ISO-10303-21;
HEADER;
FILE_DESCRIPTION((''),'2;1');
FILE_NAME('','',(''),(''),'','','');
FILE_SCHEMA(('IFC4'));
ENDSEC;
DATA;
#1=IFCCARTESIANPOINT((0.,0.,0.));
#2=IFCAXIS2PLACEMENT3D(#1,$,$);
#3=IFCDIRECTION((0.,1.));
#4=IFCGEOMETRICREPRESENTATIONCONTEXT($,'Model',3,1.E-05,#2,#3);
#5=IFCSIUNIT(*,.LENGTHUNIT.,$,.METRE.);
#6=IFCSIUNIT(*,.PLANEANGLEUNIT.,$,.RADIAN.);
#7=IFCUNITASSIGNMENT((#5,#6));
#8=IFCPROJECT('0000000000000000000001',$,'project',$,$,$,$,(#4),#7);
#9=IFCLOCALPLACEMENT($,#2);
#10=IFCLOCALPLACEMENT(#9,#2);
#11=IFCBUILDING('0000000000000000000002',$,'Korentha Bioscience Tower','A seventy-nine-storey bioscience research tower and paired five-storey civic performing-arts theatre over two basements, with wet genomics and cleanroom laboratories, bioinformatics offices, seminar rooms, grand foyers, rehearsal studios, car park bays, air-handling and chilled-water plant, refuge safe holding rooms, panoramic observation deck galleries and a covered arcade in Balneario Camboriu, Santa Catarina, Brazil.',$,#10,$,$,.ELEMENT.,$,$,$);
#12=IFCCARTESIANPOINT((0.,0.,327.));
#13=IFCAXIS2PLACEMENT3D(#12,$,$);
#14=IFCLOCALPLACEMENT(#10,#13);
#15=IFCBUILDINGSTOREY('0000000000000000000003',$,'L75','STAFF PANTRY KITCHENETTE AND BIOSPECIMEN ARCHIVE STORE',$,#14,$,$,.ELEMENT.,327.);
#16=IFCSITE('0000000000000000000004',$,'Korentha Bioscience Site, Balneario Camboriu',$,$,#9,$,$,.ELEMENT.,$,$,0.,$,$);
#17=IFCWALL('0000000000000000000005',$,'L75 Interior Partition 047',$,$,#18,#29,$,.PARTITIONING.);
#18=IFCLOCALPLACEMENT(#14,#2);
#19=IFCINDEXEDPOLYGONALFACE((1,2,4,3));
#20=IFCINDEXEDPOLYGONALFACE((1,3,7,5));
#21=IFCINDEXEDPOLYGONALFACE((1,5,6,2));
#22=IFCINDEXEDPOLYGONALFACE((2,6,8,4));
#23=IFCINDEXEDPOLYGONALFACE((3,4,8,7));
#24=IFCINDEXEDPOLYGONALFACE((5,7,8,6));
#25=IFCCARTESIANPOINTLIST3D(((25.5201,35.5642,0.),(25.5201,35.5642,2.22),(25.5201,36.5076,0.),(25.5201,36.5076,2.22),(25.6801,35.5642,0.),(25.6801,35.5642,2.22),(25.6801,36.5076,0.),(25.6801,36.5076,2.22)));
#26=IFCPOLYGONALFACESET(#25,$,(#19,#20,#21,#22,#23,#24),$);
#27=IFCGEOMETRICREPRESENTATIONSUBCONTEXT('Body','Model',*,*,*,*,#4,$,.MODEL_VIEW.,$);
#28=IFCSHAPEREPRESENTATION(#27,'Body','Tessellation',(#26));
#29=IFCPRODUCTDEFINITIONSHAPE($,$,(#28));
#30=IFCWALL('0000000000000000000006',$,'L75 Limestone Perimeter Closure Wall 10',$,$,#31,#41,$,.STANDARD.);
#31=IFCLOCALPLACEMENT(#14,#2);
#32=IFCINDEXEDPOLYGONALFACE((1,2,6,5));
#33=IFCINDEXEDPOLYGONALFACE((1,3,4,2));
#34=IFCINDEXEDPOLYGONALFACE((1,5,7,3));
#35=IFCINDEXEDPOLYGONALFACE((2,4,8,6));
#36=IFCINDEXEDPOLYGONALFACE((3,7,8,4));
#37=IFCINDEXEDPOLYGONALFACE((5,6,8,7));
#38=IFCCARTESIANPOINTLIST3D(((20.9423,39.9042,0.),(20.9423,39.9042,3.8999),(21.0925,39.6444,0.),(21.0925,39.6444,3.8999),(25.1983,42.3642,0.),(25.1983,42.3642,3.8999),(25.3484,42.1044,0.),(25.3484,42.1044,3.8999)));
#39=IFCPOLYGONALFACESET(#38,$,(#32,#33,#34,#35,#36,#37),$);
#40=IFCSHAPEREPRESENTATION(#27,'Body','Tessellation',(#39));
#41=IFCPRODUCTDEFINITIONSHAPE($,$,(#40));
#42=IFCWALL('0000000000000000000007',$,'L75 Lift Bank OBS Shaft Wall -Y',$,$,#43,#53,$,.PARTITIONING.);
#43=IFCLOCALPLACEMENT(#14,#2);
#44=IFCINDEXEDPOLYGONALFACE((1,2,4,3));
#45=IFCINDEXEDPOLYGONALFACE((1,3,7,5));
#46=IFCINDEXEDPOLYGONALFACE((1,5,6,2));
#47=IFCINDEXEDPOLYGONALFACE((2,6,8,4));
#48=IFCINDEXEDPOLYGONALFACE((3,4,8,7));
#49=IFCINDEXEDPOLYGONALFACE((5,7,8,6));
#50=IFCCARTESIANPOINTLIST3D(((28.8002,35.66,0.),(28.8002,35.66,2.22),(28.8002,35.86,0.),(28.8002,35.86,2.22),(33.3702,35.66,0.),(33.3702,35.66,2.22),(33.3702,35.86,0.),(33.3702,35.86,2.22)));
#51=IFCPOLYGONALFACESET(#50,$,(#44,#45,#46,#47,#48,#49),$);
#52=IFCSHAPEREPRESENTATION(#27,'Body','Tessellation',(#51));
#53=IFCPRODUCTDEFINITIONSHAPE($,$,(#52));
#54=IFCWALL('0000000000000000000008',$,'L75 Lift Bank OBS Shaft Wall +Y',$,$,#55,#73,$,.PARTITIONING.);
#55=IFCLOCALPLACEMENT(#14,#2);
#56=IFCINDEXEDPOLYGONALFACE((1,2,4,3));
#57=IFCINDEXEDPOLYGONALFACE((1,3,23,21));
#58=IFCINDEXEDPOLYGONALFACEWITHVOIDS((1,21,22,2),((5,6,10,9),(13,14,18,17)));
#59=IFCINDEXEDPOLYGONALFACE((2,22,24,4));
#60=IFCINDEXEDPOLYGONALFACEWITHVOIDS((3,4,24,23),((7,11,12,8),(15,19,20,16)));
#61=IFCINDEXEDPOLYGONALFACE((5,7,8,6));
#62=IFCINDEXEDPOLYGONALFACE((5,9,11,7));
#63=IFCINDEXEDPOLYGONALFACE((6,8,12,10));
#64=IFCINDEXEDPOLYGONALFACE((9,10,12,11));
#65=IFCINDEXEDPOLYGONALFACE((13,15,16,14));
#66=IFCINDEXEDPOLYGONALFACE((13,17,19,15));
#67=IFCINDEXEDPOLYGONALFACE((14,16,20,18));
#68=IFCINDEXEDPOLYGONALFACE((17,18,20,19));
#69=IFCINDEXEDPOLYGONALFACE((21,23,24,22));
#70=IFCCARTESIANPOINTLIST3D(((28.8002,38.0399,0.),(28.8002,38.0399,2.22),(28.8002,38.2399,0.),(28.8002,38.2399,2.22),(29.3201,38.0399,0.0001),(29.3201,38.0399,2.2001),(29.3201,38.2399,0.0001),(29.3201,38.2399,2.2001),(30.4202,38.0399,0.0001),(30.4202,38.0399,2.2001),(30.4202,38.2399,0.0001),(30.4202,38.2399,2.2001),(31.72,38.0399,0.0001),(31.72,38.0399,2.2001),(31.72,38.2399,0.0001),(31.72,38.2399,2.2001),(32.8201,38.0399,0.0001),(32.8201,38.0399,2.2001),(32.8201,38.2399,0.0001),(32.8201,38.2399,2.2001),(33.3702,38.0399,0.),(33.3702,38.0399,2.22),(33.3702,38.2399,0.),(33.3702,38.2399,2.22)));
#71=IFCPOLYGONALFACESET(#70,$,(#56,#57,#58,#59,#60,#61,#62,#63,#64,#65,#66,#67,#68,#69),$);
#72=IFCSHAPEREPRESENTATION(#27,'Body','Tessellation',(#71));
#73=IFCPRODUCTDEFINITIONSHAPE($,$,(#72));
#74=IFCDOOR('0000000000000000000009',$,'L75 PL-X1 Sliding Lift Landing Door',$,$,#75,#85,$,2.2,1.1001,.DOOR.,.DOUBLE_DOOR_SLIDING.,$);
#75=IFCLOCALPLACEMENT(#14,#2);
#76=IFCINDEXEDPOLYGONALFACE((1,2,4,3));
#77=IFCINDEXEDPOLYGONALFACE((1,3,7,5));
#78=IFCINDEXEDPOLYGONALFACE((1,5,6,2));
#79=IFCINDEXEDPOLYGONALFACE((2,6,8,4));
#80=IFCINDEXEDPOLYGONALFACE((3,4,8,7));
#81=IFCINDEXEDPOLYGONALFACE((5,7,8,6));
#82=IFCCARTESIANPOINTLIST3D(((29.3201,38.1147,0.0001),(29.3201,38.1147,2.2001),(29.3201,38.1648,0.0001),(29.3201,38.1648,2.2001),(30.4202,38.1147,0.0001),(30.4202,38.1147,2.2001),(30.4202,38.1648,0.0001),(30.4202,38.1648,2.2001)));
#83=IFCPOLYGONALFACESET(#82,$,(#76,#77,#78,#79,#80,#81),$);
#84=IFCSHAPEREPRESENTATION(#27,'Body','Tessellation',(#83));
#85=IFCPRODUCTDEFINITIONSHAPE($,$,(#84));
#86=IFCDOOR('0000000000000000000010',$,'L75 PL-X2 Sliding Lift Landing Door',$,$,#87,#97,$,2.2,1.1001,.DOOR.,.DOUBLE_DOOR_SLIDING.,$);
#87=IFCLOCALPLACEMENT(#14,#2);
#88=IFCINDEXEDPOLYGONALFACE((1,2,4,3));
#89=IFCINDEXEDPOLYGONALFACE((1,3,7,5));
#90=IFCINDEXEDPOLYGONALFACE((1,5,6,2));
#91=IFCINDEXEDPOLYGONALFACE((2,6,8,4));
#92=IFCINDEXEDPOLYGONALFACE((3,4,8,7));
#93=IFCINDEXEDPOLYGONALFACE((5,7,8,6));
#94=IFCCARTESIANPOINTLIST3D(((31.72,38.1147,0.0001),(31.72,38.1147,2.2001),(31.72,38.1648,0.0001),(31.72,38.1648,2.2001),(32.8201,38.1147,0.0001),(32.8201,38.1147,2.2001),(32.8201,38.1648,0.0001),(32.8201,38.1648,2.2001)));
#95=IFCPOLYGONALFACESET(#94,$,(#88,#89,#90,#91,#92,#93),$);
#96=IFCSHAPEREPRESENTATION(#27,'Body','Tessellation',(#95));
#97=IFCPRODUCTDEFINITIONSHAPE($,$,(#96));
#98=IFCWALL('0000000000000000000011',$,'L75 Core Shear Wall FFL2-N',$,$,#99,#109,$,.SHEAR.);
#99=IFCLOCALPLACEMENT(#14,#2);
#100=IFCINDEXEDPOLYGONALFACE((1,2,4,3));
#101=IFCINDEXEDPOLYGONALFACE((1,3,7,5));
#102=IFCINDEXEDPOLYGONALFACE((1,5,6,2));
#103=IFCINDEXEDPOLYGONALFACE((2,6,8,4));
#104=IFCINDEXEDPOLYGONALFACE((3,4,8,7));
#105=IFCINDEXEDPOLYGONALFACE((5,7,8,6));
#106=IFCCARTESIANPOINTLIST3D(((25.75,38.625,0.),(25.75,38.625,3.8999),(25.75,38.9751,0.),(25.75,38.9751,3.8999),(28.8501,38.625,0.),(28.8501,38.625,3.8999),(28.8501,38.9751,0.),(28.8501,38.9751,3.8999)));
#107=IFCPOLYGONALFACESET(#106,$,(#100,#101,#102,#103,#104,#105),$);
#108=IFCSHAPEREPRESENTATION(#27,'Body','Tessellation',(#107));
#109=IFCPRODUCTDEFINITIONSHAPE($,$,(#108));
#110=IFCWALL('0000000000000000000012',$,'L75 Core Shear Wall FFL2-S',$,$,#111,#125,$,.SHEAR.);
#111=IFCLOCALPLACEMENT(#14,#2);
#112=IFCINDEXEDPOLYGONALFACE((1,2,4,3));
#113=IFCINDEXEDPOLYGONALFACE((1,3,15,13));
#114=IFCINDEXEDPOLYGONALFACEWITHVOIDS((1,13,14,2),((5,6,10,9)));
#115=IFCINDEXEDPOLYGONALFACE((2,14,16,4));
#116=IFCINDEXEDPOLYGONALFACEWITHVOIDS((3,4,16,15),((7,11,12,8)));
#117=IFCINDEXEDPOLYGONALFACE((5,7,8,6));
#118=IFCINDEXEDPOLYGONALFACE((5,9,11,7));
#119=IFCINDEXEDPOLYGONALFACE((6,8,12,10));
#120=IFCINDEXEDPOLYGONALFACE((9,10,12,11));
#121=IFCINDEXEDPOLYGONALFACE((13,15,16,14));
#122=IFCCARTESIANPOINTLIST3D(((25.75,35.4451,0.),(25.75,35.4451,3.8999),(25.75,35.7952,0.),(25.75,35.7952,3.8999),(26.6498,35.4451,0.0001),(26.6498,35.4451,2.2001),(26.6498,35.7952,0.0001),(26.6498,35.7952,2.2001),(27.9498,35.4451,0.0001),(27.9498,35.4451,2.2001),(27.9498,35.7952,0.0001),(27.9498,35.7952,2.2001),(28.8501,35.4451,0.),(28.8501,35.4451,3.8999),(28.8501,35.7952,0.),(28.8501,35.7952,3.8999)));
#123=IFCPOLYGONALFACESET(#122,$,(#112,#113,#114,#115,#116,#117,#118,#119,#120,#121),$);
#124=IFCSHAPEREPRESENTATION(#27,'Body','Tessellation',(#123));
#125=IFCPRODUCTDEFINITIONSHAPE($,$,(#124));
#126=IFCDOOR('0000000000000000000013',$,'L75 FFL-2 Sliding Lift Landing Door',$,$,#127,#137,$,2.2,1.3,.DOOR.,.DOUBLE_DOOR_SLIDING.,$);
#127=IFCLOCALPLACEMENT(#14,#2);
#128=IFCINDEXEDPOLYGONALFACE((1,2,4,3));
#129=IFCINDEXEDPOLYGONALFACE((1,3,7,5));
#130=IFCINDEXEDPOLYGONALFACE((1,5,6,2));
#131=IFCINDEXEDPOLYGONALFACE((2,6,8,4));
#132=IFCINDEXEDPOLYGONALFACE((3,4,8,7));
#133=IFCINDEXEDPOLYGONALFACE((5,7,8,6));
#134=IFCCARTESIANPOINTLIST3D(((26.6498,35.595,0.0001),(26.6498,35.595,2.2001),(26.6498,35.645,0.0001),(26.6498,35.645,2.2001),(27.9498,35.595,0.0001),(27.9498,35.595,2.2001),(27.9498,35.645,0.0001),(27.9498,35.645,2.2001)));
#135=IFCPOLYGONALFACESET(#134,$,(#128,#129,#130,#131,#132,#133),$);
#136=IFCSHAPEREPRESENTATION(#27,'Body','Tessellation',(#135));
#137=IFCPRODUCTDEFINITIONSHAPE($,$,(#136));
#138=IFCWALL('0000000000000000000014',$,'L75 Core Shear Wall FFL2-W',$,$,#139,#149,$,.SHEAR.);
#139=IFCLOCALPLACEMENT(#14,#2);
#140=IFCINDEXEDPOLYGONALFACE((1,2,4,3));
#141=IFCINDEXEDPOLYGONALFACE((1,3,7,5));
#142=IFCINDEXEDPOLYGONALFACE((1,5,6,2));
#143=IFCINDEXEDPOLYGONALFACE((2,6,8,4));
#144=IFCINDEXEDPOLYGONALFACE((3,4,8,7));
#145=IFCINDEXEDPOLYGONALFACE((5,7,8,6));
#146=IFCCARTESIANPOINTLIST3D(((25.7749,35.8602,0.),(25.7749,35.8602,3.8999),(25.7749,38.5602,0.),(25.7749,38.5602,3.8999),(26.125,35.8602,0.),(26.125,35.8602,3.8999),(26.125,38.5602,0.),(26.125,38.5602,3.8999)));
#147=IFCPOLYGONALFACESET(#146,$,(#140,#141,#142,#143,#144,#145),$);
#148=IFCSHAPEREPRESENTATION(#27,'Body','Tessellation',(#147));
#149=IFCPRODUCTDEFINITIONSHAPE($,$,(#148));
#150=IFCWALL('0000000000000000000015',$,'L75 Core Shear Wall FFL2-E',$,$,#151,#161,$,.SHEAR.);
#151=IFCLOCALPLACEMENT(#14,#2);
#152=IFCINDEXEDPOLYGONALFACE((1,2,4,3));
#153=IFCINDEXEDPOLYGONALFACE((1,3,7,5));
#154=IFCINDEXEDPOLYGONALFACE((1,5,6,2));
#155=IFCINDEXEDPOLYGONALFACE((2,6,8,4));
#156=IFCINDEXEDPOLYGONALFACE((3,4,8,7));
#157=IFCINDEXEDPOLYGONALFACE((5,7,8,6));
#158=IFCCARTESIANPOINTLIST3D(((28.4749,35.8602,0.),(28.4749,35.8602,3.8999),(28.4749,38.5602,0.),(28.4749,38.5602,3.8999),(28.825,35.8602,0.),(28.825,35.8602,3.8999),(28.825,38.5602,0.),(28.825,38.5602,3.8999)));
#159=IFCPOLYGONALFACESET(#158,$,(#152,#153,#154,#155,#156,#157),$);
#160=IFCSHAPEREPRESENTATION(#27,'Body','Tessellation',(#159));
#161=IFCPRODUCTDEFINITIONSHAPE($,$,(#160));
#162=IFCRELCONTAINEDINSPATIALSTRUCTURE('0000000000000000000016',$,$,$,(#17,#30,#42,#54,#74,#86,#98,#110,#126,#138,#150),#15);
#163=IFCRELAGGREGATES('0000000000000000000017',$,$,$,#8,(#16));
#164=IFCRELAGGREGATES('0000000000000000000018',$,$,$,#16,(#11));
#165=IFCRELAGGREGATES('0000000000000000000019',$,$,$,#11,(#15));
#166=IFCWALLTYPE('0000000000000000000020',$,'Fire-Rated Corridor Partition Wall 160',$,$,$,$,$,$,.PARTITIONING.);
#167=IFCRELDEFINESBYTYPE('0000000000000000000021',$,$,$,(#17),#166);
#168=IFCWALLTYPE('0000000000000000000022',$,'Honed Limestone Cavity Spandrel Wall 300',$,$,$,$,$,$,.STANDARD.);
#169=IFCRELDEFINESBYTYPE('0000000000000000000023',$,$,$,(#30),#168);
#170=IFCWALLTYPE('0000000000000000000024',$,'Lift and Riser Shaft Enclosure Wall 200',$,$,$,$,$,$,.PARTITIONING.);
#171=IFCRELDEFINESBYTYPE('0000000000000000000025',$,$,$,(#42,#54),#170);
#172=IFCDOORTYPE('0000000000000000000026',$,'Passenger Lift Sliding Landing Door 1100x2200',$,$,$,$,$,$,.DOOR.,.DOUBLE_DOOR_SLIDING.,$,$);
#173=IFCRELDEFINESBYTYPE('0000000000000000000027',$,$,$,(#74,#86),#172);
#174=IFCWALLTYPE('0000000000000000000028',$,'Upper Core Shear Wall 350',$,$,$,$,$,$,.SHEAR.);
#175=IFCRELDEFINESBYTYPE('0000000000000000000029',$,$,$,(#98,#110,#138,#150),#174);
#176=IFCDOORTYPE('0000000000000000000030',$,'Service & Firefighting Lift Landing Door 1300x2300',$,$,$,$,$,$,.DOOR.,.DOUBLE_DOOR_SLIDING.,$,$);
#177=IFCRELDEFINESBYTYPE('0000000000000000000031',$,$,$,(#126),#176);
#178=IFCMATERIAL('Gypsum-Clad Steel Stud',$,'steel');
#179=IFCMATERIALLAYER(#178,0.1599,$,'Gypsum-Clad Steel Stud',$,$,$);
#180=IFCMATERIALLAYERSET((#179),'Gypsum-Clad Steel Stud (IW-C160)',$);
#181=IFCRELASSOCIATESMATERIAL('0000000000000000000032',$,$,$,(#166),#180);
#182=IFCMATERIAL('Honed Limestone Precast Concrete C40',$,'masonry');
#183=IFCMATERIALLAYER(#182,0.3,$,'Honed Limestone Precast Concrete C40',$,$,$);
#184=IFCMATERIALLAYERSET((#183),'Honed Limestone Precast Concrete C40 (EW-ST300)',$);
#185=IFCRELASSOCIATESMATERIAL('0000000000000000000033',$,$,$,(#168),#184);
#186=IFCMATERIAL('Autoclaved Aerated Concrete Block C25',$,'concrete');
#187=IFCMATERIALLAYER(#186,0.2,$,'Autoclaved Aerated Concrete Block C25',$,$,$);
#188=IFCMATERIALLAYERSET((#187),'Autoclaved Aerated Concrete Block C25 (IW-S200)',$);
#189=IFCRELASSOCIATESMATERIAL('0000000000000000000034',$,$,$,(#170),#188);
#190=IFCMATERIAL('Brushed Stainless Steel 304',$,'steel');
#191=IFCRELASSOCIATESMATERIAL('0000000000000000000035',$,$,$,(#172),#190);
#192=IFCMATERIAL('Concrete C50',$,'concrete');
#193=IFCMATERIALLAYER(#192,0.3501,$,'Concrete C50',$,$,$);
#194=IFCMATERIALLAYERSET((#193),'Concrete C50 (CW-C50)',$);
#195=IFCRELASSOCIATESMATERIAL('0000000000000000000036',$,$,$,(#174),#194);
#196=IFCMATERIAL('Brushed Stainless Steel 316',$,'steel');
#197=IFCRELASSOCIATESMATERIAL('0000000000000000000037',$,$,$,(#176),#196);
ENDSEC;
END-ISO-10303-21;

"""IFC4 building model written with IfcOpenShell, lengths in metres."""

from ifc_helpers import new_model, si_unit, direction, frame, frame_2d, origin, place, context, subcontext, project, spatial, rectangle, extrude, material, layer, layer_set, type_object, element, fill, save


model = new_model("IFC4")

# Units and contexts
model_context = context("Model", 3, precision=1e-05, world=origin(), true_north=direction((0.0, 1.0)))
body_context = subcontext(model_context, "Body", "Model", "MODEL_VIEW")
ifc_project = project(units=[si_unit("LENGTHUNIT", "METRE"), si_unit("PLANEANGLEUNIT", "RADIAN")], contexts=[model_context])

# Site, building, storey
site_placement = place(None, origin())
site = spatial("IfcSite", under=ifc_project, at=site_placement, Name="Korentha Bioscience Site, Balneario Camboriu", CompositionType="ELEMENT", RefElevation=0.0)
building_placement = place(site_placement, origin())
building = spatial("IfcBuilding", under=site, at=building_placement, Name="Korentha Bioscience Tower", Description="A seventy-nine-storey bioscience research tower and paired five-storey civic performing-arts theatre over two basements, with wet genomics and cleanroom laboratories, bioinformatics offices, seminar rooms, grand foyers, rehearsal studios, car park bays, air-handling and chilled-water plant, refuge safe holding rooms, panoramic observation deck galleries and a covered arcade in Balneario Camboriu, Santa Catarina, Brazil.", CompositionType="ELEMENT")
storey_placement = place(building_placement, frame((0.0, 0.0, 327.0)))
storey = spatial("IfcBuildingStorey", under=building, at=storey_placement, Name="L75", Description="STAFF PANTRY KITCHENETTE AND BIOSPECIMEN ARCHIVE STORE", CompositionType="ELEMENT", Elevation=327.0)

# Shared definitions
ifc_material_1 = material(Name="Concrete C50", Category="concrete")

# Walls
ifc_material_2 = material(Name="Gypsum-Clad Steel Stud", Category="steel")
ifc_layer_1 = layer(ifc_material_2, 0.1599, Name="Gypsum-Clad Steel Stud")
ifc_layer_set_1 = layer_set([ifc_layer_1], Name="Gypsum-Clad Steel Stud (IW-C160)")
wall_type_1 = type_object("IfcWallType", Name="Fire-Rated Corridor Partition Wall 160", PredefinedType="PARTITIONING", material=ifc_layer_set_1)
wall_1_placement = place(storey_placement, frame((25.6001, 36.5076, 0.0), z_axis=(0.0, 0.0, 1.0), x_axis=(0.0, -1.0, 0.0)))
element("IfcWall", 1, at=wall_1_placement, inside=storey, type_object=wall_type_1, Name="L75 Interior Partition 047", PredefinedType="PARTITIONING", context=body_context, shape_type="SweptSolid", body=[
    extrude(rectangle(XDim=0.9434, YDim=0.1599, at=frame_2d((0.4717, 0.0))), origin(), (0.0, 0.0, 1.0), 2.22),
])
ifc_material_3 = material(Name="Honed Limestone Precast Concrete C40", Category="masonry")
ifc_layer_2 = layer(ifc_material_3, 0.3, Name="Honed Limestone Precast Concrete C40")
ifc_layer_set_2 = layer_set([ifc_layer_2], Name="Honed Limestone Precast Concrete C40 (EW-ST300)")
wall_type_2 = type_object("IfcWallType", Name="Honed Limestone Cavity Spandrel Wall 300", PredefinedType="STANDARD", material=ifc_layer_set_2)
wall_2_placement = place(storey_placement, frame((25.2734, 42.2344, 0.0), z_axis=(0.0, 0.0, 1.0), x_axis=(-0.865775, -0.500433, 0.0)))
element("IfcWall", 2, at=wall_2_placement, inside=storey, type_object=wall_type_2, Name="L75 Limestone Perimeter Closure Wall 10", PredefinedType="STANDARD", context=body_context, shape_type="SweptSolid", body=[
    extrude(rectangle(XDim=4.9158, YDim=0.3, at=frame_2d((2.458, 0.0))), origin(), (0.0, 0.0, 1.0), 3.8999),
])
ifc_material_4 = material(Name="Autoclaved Aerated Concrete Block C25", Category="concrete")
ifc_layer_3 = layer(ifc_material_4, 0.2, Name="Autoclaved Aerated Concrete Block C25")
ifc_layer_set_3 = layer_set([ifc_layer_3], Name="Autoclaved Aerated Concrete Block C25 (IW-S200)")
wall_type_3 = type_object("IfcWallType", Name="Lift and Riser Shaft Enclosure Wall 200", PredefinedType="PARTITIONING", material=ifc_layer_set_3)
wall_3_placement = place(storey_placement, frame((28.8, 35.76, 0.0), z_axis=(0.0, 0.0, 1.0), x_axis=(1.0, 0.0, 0.0)))
element("IfcWall", 3, at=wall_3_placement, inside=storey, type_object=wall_type_3, Name="L75 Lift Bank OBS Shaft Wall -Y", PredefinedType="PARTITIONING", context=body_context, shape_type="SweptSolid", body=[
    extrude(rectangle(XDim=4.5701, YDim=0.2, at=frame_2d((2.2852, 0.0))), origin(), (0.0, 0.0, 1.0), 2.22),
])

# Wall, openings, doors
wall_4_placement = place(storey_placement, frame((28.8, 38.1399, 0.0), z_axis=(0.0, 0.0, 1.0), x_axis=(1.0, 0.0, 0.0)))
wall_4 = element("IfcWall", 4, at=wall_4_placement, inside=storey, type_object=wall_type_3, Name="L75 Lift Bank OBS Shaft Wall +Y", PredefinedType="PARTITIONING", context=body_context, shape_type="SweptSolid", body=[
    extrude(rectangle(XDim=4.5701, YDim=0.2, at=frame_2d((2.2852, 0.0))), origin(), (0.0, 0.0, 1.0), 2.22),
])
opening_1_placement = place(wall_4_placement, frame((0.52, 0.0, 0.0)))
opening_1 = element("IfcOpeningElement", 5, at=opening_1_placement, cuts=wall_4, PredefinedType="OPENING", context=body_context, shape_type="SweptSolid", body=[
    extrude(rectangle(XDim=1.1001, YDim=2.2, at=frame_2d((0.55, 1.1001))), frame((0.0, 0.1147, 0.0), z_axis=(0.0, -1.0, 0.0), x_axis=(1.0, 0.0, 0.0)), (0.0, 0.0, 1.0), 0.2297),
])
opening_2_placement = place(wall_4_placement, frame((2.9199, 0.0, 0.0)))
opening_2 = element("IfcOpeningElement", 6, at=opening_2_placement, cuts=wall_4, PredefinedType="OPENING", context=body_context, shape_type="SweptSolid", body=[
    extrude(rectangle(XDim=1.1001, YDim=2.2, at=frame_2d((0.55, 1.1001))), frame((0.0, 0.1147, 0.0), z_axis=(0.0, -1.0, 0.0), x_axis=(1.0, 0.0, 0.0)), (0.0, 0.0, 1.0), 0.2297),
])
ifc_material_5 = material(Name="Brushed Stainless Steel 304", Category="steel")
door_type_1 = type_object("IfcDoorType", Name="Passenger Lift Sliding Landing Door 1100x2200", OperationType="DOUBLE_DOOR_SLIDING", PredefinedType="DOOR", material=ifc_material_5)
door_1_placement = place(opening_1_placement, origin())
door_1 = element("IfcDoor", 7, at=door_1_placement, inside=storey, type_object=door_type_1, Name="L75 PL-X1 Sliding Lift Landing Door", OperationType="DOUBLE_DOOR_SLIDING", OverallHeight=2.2, OverallWidth=1.1001, PredefinedType="DOOR", context=body_context, shape_type="SweptSolid", body=[
    extrude(rectangle(XDim=1.1001, YDim=2.2, at=frame_2d((0.55, 1.1001))), frame((0.0, 0.0249, 0.0), z_axis=(0.0, -1.0, 0.0), x_axis=(1.0, 0.0, 0.0)), (0.0, 0.0, 1.0), 0.05),
])
fill(opening_1, door_1)
door_2_placement = place(opening_2_placement, origin())
door_2 = element("IfcDoor", 8, at=door_2_placement, inside=storey, type_object=door_type_1, Name="L75 PL-X2 Sliding Lift Landing Door", OperationType="DOUBLE_DOOR_SLIDING", OverallHeight=2.2, OverallWidth=1.1001, PredefinedType="DOOR", context=body_context, shape_type="SweptSolid", body=[
    extrude(rectangle(XDim=1.1001, YDim=2.2, at=frame_2d((0.55, 1.1001))), frame((0.0, 0.0249, 0.0), z_axis=(0.0, -1.0, 0.0), x_axis=(1.0, 0.0, 0.0)), (0.0, 0.0, 1.0), 0.05),
])
fill(opening_2, door_2)

# Wall
ifc_layer_4 = layer(ifc_material_1, 0.3501, Name="Concrete C50")
ifc_layer_set_4 = layer_set([ifc_layer_4], Name="Concrete C50 (CW-C50)")
wall_type_4 = type_object("IfcWallType", Name="Upper Core Shear Wall 350", PredefinedType="SHEAR", material=ifc_layer_set_4)
wall_5_placement = place(storey_placement, frame((25.75, 38.8, 0.0), z_axis=(0.0, 0.0, 1.0), x_axis=(1.0, 0.0, 0.0)))
element("IfcWall", 9, at=wall_5_placement, inside=storey, type_object=wall_type_4, Name="L75 Core Shear Wall FFL2-N", PredefinedType="SHEAR", context=body_context, shape_type="SweptSolid", body=[
    extrude(rectangle(XDim=3.1001, YDim=0.3501, at=frame_2d((1.55, 0.0))), origin(), (0.0, 0.0, 1.0), 3.8999),
])

# Wall, opening, door
wall_6_placement = place(storey_placement, frame((25.75, 35.6201, 0.0), z_axis=(0.0, 0.0, 1.0), x_axis=(1.0, 0.0, 0.0)))
wall_6 = element("IfcWall", 10, at=wall_6_placement, inside=storey, type_object=wall_type_4, Name="L75 Core Shear Wall FFL2-S", PredefinedType="SHEAR", context=body_context, shape_type="SweptSolid", body=[
    extrude(rectangle(XDim=3.1001, YDim=0.3501, at=frame_2d((1.55, 0.0))), origin(), (0.0, 0.0, 1.0), 3.8999),
])
opening_3_placement = place(wall_6_placement, frame((0.8999, 0.0, 0.0)))
opening_3 = element("IfcOpeningElement", 11, at=opening_3_placement, cuts=wall_6, PredefinedType="OPENING", context=body_context, shape_type="SweptSolid", body=[
    extrude(rectangle(XDim=1.3, YDim=2.2, at=frame_2d((0.6499, 1.1001))), frame((0.0, 0.1899, 0.0), z_axis=(0.0, -1.0, 0.0), x_axis=(1.0, 0.0, 0.0)), (0.0, 0.0, 1.0), 0.3799),
])
ifc_material_6 = material(Name="Brushed Stainless Steel 316", Category="steel")
door_type_2 = type_object("IfcDoorType", Name="Service & Firefighting Lift Landing Door 1300x2300", OperationType="DOUBLE_DOOR_SLIDING", PredefinedType="DOOR", material=ifc_material_6)
door_3_placement = place(opening_3_placement, origin())
door_3 = element("IfcDoor", 12, at=door_3_placement, inside=storey, type_object=door_type_2, Name="L75 FFL-2 Sliding Lift Landing Door", OperationType="DOUBLE_DOOR_SLIDING", OverallHeight=2.2, OverallWidth=1.3, PredefinedType="DOOR", context=body_context, shape_type="SweptSolid", body=[
    extrude(rectangle(XDim=1.3, YDim=2.2, at=frame_2d((0.6499, 1.1001))), frame((0.0, 0.0249, 0.0), z_axis=(0.0, -1.0, 0.0), x_axis=(1.0, 0.0, 0.0)), (0.0, 0.0, 1.0), 0.05),
])
fill(opening_3, door_3)

# Walls
for number, where, z_axis, x_axis, name in (
    (13, (25.95, 35.8601, 0.0), (0.0, 0.0, 1.0), (0.0, 1.0, 0.0), "L75 Core Shear Wall FFL2-W"),
    (14, (28.6499, 35.8601, 0.0), (0.0, 0.0, 1.0), (0.0, 1.0, 0.0), "L75 Core Shear Wall FFL2-E"),
):
    element("IfcWall", number, at=place(storey_placement, frame(where, z_axis=z_axis, x_axis=x_axis)), inside=storey, type_object=wall_type_4, Name=name, PredefinedType="SHEAR", context=body_context, shape_type="SweptSolid", body=[
        extrude(rectangle(XDim=2.7, YDim=0.3501, at=frame_2d((1.3501, 0.0))), origin(), (0.0, 0.0, 1.0), 3.8999),
    ])

save(model, "model.ifc")
